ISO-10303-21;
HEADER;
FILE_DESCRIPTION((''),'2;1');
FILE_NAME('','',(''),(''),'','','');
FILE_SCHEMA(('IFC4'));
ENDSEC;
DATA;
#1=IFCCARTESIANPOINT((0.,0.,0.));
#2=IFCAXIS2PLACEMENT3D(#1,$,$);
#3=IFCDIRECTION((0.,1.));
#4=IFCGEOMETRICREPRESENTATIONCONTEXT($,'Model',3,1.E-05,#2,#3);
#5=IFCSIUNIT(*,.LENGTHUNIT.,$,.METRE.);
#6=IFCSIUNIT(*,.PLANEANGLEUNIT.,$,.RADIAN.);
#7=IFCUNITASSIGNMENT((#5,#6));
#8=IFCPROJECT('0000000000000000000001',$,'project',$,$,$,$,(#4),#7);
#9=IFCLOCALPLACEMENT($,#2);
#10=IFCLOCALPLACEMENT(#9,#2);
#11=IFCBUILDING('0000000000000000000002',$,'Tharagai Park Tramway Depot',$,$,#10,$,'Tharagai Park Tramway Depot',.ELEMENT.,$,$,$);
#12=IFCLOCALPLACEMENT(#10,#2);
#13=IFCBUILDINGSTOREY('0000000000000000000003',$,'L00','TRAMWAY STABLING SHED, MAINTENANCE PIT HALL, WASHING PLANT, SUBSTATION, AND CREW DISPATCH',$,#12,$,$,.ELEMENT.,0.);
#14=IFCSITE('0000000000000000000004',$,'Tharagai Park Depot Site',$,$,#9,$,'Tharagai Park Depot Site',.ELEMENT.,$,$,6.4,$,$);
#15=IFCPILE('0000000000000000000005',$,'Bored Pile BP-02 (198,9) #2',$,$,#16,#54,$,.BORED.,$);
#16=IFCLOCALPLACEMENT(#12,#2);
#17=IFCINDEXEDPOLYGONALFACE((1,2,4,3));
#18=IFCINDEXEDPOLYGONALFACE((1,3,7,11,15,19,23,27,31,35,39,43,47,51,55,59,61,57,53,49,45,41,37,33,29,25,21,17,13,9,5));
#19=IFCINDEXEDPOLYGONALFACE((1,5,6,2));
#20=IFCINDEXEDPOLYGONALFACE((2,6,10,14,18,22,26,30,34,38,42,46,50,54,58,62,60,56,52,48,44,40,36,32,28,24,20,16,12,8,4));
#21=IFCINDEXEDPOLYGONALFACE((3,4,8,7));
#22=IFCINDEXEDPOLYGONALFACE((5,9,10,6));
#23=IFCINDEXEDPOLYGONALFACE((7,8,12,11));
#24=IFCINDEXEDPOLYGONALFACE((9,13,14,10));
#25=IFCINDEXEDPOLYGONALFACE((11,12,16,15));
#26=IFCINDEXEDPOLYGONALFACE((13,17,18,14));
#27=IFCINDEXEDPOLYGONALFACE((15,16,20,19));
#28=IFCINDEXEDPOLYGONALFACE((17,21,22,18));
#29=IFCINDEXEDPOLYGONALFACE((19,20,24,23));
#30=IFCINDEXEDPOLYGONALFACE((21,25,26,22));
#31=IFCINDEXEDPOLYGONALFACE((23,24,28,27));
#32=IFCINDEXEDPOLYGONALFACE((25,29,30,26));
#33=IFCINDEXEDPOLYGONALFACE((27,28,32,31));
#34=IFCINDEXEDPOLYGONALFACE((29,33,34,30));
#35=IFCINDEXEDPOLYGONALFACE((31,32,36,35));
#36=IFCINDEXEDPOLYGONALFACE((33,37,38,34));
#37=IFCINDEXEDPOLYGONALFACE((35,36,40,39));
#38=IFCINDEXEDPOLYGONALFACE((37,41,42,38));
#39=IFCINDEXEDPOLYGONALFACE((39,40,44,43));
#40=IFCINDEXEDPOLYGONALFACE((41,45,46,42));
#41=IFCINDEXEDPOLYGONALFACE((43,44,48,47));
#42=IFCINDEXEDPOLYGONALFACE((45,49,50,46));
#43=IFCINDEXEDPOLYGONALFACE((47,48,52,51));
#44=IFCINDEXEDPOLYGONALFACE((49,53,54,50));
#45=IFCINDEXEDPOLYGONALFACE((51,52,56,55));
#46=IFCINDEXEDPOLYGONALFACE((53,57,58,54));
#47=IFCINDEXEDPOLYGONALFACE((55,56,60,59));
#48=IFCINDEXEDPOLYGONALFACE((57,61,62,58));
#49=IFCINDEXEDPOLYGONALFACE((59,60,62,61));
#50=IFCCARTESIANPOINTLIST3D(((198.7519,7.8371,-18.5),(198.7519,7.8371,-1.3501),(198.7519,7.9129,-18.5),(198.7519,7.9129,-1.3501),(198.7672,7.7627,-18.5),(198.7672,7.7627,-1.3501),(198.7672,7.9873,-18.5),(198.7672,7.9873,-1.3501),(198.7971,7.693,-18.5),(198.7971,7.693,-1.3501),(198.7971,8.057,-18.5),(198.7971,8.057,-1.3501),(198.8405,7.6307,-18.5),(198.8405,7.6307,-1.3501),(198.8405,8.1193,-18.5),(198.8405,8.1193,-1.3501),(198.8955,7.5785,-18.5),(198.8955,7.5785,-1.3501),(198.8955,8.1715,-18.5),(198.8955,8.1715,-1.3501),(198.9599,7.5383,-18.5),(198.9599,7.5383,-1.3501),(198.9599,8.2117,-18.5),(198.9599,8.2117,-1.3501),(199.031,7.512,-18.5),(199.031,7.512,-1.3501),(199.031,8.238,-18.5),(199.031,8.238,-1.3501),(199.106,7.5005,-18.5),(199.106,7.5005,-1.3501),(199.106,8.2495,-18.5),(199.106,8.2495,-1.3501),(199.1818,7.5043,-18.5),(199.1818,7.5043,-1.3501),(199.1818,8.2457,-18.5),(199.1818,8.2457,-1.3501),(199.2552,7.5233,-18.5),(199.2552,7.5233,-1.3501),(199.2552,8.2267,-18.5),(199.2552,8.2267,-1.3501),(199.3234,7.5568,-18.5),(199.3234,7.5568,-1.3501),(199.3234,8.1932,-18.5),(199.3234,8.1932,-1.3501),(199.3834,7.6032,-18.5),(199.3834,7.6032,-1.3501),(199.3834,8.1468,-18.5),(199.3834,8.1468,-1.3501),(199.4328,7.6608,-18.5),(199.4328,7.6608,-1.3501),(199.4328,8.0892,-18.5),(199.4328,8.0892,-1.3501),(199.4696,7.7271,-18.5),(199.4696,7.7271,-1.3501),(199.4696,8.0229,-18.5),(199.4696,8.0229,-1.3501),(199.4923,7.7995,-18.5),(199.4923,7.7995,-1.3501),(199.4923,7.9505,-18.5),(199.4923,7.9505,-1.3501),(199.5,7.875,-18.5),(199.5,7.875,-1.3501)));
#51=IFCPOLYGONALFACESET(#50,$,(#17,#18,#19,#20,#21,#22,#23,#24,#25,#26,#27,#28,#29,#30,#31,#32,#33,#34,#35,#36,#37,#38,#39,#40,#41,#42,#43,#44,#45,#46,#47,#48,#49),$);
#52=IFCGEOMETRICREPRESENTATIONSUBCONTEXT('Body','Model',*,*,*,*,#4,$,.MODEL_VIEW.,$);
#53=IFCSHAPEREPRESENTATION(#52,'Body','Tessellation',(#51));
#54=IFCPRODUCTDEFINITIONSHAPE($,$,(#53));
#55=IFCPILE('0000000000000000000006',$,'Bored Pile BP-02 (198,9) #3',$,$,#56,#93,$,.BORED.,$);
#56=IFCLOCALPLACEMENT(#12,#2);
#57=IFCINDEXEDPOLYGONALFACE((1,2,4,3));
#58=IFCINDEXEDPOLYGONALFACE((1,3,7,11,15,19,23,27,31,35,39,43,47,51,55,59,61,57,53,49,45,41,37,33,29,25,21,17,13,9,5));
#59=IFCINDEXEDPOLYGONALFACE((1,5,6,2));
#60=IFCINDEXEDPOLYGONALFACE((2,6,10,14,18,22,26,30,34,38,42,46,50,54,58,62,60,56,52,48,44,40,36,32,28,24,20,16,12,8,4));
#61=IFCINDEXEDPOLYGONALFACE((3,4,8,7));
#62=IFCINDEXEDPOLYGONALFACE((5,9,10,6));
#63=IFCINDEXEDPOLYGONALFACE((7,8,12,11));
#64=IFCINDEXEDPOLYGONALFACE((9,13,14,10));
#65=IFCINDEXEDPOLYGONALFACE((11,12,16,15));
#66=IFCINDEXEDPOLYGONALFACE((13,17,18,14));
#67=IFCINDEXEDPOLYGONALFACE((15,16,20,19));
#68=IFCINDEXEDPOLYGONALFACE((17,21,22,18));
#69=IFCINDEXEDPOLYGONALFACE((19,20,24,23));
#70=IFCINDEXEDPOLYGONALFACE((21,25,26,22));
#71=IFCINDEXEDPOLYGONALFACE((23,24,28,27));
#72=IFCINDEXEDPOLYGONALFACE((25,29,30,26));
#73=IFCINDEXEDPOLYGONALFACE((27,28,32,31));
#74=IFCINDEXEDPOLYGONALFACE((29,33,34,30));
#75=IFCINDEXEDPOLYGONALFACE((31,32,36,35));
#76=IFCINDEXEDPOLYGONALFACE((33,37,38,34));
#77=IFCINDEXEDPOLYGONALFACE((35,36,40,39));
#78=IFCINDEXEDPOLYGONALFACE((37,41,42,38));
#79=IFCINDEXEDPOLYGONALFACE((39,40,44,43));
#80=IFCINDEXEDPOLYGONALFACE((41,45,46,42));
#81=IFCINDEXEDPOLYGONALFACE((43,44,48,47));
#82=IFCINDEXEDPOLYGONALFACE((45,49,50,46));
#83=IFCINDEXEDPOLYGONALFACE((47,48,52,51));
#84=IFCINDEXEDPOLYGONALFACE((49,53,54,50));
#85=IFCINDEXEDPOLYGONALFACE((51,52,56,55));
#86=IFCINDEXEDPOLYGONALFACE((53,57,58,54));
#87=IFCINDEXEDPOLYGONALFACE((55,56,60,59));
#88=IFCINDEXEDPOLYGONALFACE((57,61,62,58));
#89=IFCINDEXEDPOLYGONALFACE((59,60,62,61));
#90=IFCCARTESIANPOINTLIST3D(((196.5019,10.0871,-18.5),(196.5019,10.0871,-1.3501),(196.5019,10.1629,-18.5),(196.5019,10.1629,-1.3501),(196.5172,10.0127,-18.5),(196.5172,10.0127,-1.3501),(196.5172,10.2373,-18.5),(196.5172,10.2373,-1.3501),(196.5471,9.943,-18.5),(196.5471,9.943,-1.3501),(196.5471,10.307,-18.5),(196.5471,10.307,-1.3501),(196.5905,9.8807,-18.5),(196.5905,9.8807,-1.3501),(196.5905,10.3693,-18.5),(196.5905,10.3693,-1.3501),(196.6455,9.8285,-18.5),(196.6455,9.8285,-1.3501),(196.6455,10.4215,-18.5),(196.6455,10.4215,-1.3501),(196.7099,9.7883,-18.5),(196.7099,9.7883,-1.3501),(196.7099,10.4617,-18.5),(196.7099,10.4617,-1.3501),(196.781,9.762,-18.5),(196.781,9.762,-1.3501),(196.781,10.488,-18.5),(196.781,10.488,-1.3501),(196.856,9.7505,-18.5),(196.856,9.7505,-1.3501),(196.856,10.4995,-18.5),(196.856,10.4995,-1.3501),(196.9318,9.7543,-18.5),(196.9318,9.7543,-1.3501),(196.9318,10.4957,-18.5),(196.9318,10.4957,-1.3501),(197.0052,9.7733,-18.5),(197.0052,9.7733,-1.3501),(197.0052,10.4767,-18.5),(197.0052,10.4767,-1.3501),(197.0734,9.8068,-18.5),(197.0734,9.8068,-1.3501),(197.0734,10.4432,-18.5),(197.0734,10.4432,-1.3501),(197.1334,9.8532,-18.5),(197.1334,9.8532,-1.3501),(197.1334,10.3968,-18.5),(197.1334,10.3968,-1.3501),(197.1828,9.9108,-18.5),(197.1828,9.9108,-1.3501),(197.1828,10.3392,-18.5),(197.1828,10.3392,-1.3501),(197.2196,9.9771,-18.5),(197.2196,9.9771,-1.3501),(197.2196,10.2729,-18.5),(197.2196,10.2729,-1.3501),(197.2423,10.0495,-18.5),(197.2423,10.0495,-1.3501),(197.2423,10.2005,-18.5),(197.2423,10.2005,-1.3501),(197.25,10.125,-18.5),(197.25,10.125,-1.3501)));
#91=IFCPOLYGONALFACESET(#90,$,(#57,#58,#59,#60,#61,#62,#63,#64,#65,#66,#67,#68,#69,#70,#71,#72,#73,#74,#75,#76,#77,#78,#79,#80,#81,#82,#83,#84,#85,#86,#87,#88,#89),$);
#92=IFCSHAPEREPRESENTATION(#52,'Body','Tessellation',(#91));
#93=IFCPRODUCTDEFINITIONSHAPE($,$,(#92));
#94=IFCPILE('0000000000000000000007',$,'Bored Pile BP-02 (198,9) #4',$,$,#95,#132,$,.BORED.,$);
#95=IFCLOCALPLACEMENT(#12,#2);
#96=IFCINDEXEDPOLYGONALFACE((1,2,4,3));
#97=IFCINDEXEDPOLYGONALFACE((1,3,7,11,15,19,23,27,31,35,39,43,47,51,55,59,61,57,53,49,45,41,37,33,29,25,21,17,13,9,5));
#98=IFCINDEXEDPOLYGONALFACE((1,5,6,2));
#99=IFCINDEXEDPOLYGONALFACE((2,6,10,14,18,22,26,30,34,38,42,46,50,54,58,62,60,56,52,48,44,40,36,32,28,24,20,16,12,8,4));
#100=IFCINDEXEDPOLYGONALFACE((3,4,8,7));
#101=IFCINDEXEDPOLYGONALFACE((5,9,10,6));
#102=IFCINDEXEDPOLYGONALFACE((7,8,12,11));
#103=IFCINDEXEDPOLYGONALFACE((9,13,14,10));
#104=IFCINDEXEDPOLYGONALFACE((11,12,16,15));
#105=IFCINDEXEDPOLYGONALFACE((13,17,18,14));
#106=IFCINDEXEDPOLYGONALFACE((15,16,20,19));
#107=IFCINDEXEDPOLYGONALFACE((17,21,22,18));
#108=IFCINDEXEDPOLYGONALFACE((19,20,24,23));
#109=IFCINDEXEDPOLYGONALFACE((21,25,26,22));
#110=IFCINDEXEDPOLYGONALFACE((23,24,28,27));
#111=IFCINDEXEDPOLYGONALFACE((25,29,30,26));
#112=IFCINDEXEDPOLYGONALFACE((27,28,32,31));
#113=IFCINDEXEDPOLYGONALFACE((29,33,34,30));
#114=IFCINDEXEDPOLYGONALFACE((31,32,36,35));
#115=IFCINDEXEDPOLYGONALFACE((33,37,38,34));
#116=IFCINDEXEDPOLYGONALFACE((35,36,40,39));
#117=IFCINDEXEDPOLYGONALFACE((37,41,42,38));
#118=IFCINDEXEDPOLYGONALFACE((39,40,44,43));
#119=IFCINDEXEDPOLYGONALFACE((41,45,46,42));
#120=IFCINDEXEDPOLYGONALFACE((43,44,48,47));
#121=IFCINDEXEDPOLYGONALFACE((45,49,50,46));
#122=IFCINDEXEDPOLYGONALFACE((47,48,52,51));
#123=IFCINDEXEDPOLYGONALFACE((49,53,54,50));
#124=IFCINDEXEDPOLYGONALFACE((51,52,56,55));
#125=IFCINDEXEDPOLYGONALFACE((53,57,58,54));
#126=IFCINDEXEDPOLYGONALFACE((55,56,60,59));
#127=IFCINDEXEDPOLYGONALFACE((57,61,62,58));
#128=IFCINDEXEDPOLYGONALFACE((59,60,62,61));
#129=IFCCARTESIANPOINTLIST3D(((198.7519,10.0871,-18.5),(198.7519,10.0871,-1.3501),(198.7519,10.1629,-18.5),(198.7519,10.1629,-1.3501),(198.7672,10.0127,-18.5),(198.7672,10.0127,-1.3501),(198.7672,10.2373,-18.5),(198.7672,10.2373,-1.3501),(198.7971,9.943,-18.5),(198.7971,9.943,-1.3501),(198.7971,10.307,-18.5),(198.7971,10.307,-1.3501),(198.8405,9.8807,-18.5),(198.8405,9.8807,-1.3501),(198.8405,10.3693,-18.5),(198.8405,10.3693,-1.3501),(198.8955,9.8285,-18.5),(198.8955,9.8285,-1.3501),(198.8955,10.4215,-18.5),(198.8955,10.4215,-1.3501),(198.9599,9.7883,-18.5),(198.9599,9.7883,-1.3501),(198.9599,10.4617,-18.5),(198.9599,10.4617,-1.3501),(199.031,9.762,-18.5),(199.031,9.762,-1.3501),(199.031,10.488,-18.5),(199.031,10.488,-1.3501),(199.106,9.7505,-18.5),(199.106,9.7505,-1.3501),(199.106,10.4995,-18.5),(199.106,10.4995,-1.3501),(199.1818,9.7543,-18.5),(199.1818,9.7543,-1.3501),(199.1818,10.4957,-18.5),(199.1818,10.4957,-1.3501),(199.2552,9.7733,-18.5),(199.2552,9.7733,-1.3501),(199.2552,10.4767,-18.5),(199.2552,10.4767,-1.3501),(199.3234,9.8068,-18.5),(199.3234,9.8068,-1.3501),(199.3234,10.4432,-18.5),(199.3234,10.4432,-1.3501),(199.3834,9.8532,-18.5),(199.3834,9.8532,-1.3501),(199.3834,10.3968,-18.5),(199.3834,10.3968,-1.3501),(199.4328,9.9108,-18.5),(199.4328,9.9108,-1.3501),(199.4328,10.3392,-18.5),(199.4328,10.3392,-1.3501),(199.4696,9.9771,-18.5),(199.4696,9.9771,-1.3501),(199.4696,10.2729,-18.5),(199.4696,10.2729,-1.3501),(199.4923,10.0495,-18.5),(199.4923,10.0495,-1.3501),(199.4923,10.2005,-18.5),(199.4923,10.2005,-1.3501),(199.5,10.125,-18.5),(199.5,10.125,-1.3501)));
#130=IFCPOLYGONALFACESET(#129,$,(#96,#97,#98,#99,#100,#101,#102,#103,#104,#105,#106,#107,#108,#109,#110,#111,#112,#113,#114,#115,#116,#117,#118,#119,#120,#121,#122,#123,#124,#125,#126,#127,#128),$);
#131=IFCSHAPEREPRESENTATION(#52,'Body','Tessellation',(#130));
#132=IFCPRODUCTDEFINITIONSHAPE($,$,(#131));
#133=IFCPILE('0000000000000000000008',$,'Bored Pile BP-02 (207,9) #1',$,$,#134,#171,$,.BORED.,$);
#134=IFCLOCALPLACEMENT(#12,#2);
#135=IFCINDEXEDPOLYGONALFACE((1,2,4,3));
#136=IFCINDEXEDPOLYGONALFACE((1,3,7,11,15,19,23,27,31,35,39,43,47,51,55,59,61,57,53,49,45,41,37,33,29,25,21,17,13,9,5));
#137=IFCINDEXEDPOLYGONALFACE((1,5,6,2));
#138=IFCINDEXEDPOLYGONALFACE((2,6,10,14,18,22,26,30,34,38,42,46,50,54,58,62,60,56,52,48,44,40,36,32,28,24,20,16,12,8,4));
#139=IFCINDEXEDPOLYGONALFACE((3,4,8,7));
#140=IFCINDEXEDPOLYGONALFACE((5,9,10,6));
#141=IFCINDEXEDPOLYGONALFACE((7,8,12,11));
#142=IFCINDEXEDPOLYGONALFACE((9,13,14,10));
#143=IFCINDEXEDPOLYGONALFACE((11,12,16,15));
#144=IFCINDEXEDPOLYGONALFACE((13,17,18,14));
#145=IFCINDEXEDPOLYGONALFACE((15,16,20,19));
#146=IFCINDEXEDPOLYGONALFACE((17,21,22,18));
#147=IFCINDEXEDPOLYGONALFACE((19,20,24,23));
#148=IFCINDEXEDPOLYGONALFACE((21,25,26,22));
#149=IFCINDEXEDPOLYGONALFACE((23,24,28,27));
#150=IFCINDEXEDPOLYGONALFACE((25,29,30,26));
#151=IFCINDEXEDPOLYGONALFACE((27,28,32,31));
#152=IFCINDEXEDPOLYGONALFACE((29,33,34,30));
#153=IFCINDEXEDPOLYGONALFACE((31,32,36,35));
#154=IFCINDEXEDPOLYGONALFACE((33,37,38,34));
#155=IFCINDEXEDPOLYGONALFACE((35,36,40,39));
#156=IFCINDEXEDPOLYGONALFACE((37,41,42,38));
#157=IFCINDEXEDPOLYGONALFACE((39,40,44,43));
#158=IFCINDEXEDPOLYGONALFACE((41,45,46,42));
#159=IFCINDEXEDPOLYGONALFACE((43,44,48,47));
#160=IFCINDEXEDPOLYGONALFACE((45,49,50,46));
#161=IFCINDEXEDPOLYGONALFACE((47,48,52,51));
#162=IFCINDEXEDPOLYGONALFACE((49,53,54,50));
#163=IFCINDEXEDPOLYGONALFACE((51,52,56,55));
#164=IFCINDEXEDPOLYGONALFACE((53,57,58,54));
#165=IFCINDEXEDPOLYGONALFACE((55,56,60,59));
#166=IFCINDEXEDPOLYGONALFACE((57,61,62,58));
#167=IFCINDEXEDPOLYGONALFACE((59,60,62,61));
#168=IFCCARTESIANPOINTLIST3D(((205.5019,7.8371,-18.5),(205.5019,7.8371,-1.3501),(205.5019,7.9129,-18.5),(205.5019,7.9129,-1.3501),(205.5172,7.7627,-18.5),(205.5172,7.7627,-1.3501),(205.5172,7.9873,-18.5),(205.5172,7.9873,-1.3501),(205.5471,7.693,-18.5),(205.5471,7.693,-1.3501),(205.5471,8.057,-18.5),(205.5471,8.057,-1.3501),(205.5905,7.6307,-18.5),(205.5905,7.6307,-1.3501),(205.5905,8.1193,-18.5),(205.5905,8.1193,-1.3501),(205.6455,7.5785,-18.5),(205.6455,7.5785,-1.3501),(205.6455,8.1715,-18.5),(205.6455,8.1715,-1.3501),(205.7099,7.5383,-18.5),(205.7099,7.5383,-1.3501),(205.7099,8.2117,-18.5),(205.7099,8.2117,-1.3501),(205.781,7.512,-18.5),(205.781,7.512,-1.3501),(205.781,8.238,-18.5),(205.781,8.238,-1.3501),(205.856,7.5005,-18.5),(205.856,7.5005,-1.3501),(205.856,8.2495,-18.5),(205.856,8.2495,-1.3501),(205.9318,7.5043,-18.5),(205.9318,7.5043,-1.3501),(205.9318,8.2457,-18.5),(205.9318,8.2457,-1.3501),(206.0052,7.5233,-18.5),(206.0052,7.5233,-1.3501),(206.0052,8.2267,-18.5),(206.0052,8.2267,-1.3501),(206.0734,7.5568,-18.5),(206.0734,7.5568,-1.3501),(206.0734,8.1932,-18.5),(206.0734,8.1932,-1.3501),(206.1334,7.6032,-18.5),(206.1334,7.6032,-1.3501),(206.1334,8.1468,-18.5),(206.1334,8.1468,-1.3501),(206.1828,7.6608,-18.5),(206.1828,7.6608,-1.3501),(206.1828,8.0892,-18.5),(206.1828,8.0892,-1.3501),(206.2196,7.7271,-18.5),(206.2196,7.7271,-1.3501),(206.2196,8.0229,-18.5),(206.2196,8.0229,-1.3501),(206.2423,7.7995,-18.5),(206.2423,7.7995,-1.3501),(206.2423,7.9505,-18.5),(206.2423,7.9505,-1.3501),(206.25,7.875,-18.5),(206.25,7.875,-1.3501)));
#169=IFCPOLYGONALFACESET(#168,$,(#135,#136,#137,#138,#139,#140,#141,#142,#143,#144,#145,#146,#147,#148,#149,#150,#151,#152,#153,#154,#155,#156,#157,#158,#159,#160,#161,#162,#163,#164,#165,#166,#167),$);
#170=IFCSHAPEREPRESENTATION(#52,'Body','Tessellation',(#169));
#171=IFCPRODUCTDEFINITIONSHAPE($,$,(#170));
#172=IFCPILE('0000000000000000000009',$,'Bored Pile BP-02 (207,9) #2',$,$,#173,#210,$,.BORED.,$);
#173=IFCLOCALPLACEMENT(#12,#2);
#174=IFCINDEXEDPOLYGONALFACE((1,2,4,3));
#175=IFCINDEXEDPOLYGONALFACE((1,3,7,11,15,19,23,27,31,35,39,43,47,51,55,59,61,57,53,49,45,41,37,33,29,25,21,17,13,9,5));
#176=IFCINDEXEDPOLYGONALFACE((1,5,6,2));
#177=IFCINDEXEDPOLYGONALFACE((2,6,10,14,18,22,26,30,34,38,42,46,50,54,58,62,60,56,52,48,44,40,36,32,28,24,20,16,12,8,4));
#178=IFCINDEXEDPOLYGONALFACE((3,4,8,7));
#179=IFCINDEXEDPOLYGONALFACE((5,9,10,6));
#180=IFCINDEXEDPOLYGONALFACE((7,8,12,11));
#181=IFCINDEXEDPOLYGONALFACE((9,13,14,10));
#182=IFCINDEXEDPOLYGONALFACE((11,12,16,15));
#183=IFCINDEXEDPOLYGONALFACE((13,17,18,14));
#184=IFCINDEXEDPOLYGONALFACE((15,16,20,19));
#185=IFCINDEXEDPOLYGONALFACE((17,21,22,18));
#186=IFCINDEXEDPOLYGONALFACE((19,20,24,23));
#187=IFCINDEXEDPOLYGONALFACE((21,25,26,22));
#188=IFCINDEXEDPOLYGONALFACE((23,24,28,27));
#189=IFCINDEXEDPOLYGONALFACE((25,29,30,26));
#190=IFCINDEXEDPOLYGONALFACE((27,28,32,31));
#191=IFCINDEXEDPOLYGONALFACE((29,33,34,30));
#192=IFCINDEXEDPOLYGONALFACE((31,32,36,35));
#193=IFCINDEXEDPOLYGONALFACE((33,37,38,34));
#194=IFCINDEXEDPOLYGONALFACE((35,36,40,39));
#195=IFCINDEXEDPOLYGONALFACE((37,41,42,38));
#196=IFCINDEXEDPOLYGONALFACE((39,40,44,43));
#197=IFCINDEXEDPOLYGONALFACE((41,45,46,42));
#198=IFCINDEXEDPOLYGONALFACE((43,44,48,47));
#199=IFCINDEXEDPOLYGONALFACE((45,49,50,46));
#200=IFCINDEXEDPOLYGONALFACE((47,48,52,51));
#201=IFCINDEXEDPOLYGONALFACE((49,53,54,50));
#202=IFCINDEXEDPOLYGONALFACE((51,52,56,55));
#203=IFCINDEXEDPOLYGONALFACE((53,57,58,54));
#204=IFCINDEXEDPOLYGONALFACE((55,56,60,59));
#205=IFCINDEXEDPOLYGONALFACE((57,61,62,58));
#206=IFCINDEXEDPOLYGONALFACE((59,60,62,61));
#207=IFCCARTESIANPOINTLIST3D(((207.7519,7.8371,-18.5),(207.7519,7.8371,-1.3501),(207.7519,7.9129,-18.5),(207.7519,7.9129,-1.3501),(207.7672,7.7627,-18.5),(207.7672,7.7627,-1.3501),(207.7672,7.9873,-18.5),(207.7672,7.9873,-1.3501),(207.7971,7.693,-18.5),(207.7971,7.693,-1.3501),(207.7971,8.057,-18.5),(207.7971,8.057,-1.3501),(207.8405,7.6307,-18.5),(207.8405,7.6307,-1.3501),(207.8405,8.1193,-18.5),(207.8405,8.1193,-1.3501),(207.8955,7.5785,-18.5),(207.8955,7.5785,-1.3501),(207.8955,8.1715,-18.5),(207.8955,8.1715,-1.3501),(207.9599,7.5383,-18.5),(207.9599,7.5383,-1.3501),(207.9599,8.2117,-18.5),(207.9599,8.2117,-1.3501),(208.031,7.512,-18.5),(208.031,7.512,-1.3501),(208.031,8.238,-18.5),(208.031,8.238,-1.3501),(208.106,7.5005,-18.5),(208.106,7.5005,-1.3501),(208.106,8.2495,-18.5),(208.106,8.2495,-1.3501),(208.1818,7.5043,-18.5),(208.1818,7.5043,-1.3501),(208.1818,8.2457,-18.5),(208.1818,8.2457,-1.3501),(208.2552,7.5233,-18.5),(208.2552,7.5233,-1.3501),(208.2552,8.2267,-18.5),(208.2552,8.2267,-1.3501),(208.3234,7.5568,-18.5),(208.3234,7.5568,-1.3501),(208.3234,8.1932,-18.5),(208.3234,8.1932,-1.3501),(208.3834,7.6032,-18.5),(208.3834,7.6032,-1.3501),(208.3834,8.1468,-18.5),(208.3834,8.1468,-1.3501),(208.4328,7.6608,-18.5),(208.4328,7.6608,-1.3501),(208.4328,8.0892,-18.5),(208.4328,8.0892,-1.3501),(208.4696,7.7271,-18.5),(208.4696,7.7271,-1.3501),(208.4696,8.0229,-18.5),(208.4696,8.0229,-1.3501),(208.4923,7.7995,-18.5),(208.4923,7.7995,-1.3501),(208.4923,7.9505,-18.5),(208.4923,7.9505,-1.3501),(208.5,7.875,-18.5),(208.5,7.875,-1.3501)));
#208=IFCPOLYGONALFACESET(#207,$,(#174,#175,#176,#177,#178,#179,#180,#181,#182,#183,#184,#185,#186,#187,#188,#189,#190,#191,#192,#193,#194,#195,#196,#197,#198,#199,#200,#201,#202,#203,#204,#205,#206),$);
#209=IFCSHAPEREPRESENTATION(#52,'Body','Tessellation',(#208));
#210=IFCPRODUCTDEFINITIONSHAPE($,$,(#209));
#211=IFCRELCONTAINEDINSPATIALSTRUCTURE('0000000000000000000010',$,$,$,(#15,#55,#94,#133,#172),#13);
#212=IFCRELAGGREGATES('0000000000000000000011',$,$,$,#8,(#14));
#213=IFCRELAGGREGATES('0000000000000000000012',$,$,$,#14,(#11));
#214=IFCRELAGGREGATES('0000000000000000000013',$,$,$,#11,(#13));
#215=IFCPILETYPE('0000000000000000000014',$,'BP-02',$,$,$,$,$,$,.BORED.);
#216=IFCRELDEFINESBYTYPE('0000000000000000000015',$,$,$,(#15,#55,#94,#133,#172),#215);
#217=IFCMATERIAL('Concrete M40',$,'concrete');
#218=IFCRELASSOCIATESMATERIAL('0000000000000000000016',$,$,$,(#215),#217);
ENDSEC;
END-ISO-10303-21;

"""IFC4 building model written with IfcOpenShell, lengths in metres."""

from ifc_helpers import new_model, si_unit, direction, frame, origin, origin_2d, place, context, subcontext, project, spatial, circle, extrude, material, material_profile, profile_set, type_object, element, save


model = new_model("IFC4")

# Units and contexts
model_context = context("Model", 3, precision=1e-05, world=origin(), true_north=direction((0.0, 1.0)))
body_context = subcontext(model_context, "Body", "Model", "MODEL_VIEW")
ifc_project = project(units=[si_unit("LENGTHUNIT", "METRE"), si_unit("PLANEANGLEUNIT", "RADIAN")], contexts=[model_context])

# Site, building, storey
site_placement = place(None, origin())
site = spatial("IfcSite", under=ifc_project, at=site_placement, Name="Tharagai Park Depot Site", LongName="Tharagai Park Depot Site", CompositionType="ELEMENT", RefElevation=6.4)
building_placement = place(site_placement, origin())
building = spatial("IfcBuilding", under=site, at=building_placement, Name="Tharagai Park Tramway Depot", LongName="Tharagai Park Tramway Depot", CompositionType="ELEMENT")
storey_placement = place(building_placement, origin())
storey = spatial("IfcBuildingStorey", under=building, at=storey_placement, Name="L00", Description="TRAMWAY STABLING SHED, MAINTENANCE PIT HALL, WASHING PLANT, SUBSTATION, AND CREW DISPATCH", CompositionType="ELEMENT", Elevation=0.0)

# Piles
ifc_material_1 = material(Name="Concrete M40", Category="concrete")
ifc_material_profile_1 = material_profile(ifc_material_1, circle(Radius=0.375, at=origin_2d()), Name="PILE D750")
ifc_profile_set_1 = profile_set([ifc_material_profile_1], Name="Concrete M40")
pile_type = type_object("IfcPileType", Name="BP-02", PredefinedType="BORED", material=ifc_profile_set_1)
for number, where, z_axis, x_axis, name in (
    (1, (199.125, 7.875, -1.3501), (0.0, 0.0, -1.0), (1.0, 0.0, 0.0), "Bored Pile BP-02 (198,9) #2"),
    (2, (196.875, 10.125, -1.3501), (0.0, 0.0, -1.0), (1.0, 0.0, 0.0), "Bored Pile BP-02 (198,9) #3"),
    (3, (199.125, 10.125, -1.3501), (0.0, 0.0, -1.0), (1.0, 0.0, 0.0), "Bored Pile BP-02 (198,9) #4"),
    (4, (205.875, 7.875, -1.3501), (0.0, 0.0, -1.0), (1.0, 0.0, 0.0), "Bored Pile BP-02 (207,9) #1"),
    (5, (208.125, 7.875, -1.3501), (0.0, 0.0, -1.0), (1.0, 0.0, 0.0), "Bored Pile BP-02 (207,9) #2"),
):
    element("IfcPile", number, at=place(storey_placement, frame(where, z_axis=z_axis, x_axis=x_axis)), inside=storey, type_object=pile_type, Name=name, PredefinedType="BORED", context=body_context, shape_type="SweptSolid", body=[
        extrude(circle(Radius=0.375, at=origin_2d()), origin(), (0.0, 0.0, 1.0), 17.1499),
    ])

save(model, "model.ifc")
